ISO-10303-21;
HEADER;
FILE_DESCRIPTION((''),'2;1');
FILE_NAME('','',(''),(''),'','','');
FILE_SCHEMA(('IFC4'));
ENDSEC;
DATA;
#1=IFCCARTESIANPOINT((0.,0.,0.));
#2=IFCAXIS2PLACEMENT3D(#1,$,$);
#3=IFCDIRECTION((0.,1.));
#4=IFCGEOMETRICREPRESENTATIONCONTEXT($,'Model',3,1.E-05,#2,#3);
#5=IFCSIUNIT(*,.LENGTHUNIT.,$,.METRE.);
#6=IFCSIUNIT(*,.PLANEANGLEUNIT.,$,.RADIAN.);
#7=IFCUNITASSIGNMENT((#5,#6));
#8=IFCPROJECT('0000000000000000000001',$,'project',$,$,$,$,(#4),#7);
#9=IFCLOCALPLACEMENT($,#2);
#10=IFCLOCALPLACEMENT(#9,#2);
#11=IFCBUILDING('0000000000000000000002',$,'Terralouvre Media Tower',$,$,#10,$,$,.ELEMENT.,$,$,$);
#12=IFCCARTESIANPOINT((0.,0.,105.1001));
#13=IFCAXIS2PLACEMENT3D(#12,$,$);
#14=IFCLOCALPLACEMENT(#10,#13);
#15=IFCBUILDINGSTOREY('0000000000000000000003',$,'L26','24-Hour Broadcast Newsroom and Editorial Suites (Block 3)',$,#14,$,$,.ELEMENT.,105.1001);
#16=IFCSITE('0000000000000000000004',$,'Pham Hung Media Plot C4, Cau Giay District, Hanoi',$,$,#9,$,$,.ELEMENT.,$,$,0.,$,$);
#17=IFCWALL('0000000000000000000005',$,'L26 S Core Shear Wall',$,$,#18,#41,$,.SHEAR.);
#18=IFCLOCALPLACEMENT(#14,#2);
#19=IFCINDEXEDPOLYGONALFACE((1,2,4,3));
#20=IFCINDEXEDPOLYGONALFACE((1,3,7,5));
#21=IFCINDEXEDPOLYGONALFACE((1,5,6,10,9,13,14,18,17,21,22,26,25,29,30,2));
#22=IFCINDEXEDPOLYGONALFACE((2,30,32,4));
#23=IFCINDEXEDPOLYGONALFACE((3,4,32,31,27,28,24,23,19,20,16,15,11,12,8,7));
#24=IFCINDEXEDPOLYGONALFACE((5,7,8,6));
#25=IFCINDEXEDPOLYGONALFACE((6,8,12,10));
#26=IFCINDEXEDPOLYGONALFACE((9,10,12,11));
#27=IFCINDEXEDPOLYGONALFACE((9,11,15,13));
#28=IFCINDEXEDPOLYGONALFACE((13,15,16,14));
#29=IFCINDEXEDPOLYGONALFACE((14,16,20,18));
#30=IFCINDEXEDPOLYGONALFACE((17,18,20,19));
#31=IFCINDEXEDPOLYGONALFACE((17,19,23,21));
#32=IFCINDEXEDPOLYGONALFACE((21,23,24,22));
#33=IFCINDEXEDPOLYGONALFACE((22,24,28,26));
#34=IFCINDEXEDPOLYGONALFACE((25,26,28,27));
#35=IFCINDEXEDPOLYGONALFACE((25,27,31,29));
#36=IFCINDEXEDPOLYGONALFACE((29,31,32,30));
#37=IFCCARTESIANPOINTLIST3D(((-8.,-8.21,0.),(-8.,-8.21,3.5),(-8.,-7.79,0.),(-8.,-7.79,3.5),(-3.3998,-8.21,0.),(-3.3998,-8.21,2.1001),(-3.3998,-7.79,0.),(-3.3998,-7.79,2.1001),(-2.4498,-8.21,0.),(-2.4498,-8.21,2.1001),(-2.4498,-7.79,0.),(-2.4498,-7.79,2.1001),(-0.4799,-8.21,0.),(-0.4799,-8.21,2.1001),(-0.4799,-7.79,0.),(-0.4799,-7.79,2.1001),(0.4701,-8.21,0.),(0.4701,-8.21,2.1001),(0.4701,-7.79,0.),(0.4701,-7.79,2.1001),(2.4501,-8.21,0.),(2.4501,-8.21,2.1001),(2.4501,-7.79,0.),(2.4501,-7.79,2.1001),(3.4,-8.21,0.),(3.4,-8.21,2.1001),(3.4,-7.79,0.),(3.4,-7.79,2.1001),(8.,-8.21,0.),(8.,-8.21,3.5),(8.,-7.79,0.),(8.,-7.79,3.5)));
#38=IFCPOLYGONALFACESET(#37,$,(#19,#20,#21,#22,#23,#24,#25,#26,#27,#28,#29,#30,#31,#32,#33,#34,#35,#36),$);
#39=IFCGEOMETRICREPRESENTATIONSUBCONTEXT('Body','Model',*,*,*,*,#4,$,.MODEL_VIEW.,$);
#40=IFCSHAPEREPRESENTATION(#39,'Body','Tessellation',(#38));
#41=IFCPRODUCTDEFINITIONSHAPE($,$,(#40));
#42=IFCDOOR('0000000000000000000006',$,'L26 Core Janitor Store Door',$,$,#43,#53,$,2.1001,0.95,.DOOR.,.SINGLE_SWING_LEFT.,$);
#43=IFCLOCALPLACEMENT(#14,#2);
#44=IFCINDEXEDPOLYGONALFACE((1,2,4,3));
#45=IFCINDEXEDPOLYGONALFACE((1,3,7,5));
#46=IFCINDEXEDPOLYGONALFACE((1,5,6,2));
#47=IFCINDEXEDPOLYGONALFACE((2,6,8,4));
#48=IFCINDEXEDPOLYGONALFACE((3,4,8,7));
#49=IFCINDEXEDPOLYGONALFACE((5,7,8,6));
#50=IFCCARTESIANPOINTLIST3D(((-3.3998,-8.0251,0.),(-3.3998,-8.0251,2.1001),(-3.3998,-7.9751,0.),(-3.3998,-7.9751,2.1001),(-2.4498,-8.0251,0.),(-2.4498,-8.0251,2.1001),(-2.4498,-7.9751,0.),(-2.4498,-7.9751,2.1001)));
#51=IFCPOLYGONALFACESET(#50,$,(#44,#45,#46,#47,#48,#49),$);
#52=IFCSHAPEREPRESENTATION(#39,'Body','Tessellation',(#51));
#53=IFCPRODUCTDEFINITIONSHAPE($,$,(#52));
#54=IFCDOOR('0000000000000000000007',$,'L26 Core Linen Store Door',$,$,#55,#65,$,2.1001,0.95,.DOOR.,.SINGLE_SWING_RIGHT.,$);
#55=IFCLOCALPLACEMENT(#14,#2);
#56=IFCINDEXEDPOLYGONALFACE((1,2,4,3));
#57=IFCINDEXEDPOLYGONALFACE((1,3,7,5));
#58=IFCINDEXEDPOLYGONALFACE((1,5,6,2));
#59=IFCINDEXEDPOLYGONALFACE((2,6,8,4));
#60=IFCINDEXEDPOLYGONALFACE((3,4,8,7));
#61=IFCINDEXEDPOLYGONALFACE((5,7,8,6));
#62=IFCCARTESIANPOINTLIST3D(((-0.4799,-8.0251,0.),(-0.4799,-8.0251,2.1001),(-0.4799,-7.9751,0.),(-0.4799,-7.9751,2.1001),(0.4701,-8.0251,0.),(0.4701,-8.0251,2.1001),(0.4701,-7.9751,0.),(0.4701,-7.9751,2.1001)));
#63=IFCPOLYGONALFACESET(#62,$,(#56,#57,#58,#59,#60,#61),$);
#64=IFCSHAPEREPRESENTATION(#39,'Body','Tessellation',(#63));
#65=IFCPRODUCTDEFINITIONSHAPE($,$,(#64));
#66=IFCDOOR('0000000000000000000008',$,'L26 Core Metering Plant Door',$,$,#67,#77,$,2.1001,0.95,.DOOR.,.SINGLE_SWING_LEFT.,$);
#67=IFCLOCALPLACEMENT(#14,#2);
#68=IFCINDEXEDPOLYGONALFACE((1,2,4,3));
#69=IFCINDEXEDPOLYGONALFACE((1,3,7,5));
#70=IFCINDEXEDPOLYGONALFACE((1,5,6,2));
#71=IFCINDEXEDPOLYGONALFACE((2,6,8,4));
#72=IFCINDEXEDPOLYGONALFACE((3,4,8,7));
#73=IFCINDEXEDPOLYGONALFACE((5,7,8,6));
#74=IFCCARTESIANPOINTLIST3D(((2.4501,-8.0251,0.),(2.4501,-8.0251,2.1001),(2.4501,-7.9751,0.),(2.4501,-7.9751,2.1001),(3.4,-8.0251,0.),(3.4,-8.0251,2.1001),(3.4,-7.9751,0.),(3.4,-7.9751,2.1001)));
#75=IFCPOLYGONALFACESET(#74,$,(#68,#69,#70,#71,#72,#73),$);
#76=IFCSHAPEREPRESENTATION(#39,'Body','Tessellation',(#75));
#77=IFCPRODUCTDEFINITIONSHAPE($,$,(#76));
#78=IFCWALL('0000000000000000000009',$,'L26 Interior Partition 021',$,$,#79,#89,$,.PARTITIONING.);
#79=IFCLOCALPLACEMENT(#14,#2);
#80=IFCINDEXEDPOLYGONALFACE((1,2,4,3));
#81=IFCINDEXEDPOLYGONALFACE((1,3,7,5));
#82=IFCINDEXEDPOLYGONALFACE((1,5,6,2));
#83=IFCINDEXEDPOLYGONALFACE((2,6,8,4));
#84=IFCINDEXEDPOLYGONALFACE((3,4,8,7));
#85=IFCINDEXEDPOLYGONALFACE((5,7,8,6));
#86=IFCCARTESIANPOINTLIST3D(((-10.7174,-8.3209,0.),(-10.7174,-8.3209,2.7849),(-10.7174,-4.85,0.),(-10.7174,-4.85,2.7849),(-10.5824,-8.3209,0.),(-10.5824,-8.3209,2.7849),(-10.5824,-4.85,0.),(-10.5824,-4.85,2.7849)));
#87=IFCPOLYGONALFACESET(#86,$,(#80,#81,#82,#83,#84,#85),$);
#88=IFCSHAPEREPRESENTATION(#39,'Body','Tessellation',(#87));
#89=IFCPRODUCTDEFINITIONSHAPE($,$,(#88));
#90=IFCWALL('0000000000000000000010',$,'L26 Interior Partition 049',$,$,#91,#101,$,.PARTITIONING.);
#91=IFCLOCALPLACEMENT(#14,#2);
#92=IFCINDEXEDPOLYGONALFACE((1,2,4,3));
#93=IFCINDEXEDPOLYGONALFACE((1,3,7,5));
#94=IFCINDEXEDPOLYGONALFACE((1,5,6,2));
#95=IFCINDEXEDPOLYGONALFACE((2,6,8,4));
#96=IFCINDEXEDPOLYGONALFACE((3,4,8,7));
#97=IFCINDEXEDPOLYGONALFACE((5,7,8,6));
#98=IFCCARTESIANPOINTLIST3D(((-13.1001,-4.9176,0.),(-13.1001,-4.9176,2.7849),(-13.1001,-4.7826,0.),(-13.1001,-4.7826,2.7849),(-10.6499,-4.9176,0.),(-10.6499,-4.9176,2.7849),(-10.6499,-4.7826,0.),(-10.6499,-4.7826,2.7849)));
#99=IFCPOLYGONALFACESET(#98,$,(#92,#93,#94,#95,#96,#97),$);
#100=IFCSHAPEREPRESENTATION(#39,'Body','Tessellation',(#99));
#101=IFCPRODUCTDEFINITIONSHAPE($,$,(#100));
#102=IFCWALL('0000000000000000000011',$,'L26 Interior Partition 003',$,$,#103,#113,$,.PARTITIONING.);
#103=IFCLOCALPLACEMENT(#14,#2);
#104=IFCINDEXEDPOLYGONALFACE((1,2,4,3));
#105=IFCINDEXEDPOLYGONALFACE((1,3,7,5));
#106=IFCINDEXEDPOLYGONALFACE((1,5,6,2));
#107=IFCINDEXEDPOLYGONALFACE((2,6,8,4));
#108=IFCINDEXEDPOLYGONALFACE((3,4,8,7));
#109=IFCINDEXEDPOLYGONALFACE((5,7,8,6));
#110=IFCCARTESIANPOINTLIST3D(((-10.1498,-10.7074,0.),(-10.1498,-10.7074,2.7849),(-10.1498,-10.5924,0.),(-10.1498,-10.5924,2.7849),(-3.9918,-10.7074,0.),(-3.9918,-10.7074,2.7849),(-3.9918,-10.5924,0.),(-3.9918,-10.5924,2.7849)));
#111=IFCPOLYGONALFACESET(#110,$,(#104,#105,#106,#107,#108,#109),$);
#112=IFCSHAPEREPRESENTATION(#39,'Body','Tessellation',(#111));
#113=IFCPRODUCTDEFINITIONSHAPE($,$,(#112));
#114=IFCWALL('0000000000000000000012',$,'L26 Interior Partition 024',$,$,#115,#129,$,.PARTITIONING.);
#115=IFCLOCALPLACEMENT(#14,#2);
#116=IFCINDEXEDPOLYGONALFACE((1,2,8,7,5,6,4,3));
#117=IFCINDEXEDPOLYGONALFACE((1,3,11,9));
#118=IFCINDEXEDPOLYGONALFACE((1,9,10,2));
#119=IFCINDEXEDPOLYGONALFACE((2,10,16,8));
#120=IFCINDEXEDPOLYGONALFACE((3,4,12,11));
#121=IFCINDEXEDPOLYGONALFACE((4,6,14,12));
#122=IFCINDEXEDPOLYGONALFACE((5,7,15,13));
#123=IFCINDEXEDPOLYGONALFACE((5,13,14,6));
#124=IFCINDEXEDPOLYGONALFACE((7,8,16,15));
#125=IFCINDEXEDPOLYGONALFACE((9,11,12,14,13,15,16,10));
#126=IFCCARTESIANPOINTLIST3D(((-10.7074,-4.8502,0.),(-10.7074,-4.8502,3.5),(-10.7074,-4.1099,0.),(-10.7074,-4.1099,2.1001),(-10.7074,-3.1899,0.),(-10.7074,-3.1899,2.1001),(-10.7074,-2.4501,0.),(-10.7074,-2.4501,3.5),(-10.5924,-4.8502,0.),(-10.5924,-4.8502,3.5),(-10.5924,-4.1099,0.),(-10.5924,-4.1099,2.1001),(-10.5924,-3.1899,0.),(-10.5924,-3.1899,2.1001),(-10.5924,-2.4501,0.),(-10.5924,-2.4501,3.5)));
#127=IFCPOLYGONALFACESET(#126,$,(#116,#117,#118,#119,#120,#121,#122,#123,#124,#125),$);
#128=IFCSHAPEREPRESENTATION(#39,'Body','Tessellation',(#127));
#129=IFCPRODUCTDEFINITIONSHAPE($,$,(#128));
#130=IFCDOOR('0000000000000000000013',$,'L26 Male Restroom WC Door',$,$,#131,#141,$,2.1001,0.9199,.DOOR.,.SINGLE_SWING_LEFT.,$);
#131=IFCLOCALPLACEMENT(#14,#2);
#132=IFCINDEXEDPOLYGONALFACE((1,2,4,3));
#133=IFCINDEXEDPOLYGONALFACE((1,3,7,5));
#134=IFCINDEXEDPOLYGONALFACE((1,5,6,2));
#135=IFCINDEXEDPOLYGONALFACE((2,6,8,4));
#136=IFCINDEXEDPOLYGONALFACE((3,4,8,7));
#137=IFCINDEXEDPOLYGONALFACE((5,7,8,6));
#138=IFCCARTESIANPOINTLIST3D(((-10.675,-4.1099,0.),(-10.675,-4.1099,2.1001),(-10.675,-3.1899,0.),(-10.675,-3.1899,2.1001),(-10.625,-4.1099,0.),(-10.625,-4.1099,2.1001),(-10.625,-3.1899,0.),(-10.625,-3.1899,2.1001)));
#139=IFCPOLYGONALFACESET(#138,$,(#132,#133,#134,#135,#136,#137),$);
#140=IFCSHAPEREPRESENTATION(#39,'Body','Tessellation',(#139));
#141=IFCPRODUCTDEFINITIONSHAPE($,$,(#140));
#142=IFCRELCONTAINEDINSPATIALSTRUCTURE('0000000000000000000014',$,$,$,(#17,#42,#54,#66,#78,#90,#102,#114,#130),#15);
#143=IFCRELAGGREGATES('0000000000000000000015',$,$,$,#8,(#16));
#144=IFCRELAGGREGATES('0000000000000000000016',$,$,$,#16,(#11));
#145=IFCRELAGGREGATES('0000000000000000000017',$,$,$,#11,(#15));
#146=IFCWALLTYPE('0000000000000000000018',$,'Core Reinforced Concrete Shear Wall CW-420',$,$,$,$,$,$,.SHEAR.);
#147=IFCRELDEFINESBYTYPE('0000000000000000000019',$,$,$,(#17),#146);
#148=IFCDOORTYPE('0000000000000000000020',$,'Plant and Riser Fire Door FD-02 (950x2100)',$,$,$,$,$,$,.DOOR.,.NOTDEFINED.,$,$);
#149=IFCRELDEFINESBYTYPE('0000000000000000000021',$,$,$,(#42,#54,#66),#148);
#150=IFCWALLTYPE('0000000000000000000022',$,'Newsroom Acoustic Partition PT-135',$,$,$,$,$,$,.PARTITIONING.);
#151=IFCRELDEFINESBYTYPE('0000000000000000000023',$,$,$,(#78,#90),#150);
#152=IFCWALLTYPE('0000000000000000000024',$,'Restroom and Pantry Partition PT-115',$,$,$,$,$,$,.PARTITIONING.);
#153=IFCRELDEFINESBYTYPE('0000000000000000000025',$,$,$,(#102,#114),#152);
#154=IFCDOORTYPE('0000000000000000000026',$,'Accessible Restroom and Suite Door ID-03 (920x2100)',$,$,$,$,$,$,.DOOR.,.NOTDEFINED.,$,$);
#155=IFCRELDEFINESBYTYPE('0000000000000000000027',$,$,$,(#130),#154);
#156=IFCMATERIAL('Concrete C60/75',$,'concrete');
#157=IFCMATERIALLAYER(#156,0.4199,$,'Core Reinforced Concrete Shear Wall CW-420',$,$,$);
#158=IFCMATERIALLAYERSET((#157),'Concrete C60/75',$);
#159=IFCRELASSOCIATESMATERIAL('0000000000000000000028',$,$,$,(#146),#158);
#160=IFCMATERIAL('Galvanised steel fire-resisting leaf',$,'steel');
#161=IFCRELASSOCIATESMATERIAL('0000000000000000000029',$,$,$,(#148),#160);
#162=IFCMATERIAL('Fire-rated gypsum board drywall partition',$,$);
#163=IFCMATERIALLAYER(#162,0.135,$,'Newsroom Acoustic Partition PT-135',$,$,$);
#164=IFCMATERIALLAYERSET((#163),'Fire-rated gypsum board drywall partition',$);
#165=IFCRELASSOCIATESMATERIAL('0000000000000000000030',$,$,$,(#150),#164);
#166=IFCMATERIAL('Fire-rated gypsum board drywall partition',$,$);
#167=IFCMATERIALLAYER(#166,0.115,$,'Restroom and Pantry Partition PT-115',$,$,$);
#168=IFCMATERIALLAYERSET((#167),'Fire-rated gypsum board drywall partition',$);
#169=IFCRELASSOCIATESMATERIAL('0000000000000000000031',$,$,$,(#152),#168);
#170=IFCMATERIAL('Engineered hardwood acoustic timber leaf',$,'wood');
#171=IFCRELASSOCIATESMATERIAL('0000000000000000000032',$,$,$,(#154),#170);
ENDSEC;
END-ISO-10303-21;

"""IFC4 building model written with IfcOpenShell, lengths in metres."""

from ifc_helpers import new_model, si_unit, direction, frame, frame_2d, origin, place, context, subcontext, project, spatial, rectangle, extrude, material, layer, layer_set, type_object, element, fill, save


model = new_model("IFC4")

# Units and contexts
model_context = context("Model", 3, precision=1e-05, world=origin(), true_north=direction((0.0, 1.0)))
body_context = subcontext(model_context, "Body", "Model", "MODEL_VIEW")
ifc_project = project(units=[si_unit("LENGTHUNIT", "METRE"), si_unit("PLANEANGLEUNIT", "RADIAN")], contexts=[model_context])

# Site, building, storey
site_placement = place(None, origin())
site = spatial("IfcSite", under=ifc_project, at=site_placement, Name="Pham Hung Media Plot C4, Cau Giay District, Hanoi", CompositionType="ELEMENT", RefElevation=0.0)
building_placement = place(site_placement, origin())
building = spatial("IfcBuilding", under=site, at=building_placement, Name="Terralouvre Media Tower", CompositionType="ELEMENT")
storey_placement = place(building_placement, frame((0.0, 0.0, 105.1001)))
storey = spatial("IfcBuildingStorey", under=building, at=storey_placement, Name="L26", Description="24-Hour Broadcast Newsroom and Editorial Suites (Block 3)", CompositionType="ELEMENT", Elevation=105.1001)

# Wall, openings, doors
ifc_material_1 = material(Name="Concrete C60/75", Category="concrete")
ifc_layer_1 = layer(ifc_material_1, 0.4199, Name="Core Reinforced Concrete Shear Wall CW-420")
ifc_layer_set_1 = layer_set([ifc_layer_1], Name="Concrete C60/75")
wall_type_1 = type_object("IfcWallType", Name="Core Reinforced Concrete Shear Wall CW-420", PredefinedType="SHEAR", material=ifc_layer_set_1)
wall_1_placement = place(storey_placement, frame((-8.0, -8.0, 0.0), z_axis=(0.0, 0.0, 1.0), x_axis=(1.0, 0.0, 0.0)))
wall_1 = element("IfcWall", 1, at=wall_1_placement, inside=storey, type_object=wall_type_1, Name="L26 S Core Shear Wall", PredefinedType="SHEAR", context=body_context, shape_type="SweptSolid", body=[
    extrude(rectangle(XDim=16.0, YDim=0.4199, at=frame_2d((8.0, 0.0))), origin(), (0.0, 0.0, 1.0), 3.5),
])
opening_1_placement = place(wall_1_placement, frame((4.6001, 0.0, 0.0)))
opening_1 = element("IfcOpeningElement", 2, at=opening_1_placement, cuts=wall_1, PredefinedType="OPENING", context=body_context, shape_type="SweptSolid", body=[
    extrude(rectangle(XDim=0.95, YDim=2.1001, at=frame_2d((0.4751, 1.05))), frame((0.0, 0.22, 0.0), z_axis=(0.0, -1.0, 0.0), x_axis=(1.0, 0.0, 0.0)), (0.0, 0.0, 1.0), 0.4399),
])
opening_2_placement = place(wall_1_placement, frame((7.52, 0.0, 0.0)))
opening_2 = element("IfcOpeningElement", 3, at=opening_2_placement, cuts=wall_1, PredefinedType="OPENING", context=body_context, shape_type="SweptSolid", body=[
    extrude(rectangle(XDim=0.95, YDim=2.1001, at=frame_2d((0.4751, 1.05))), frame((0.0, 0.22, 0.0), z_axis=(0.0, -1.0, 0.0), x_axis=(1.0, 0.0, 0.0)), (0.0, 0.0, 1.0), 0.4399),
])
opening_3_placement = place(wall_1_placement, frame((10.45, 0.0, 0.0)))
opening_3 = element("IfcOpeningElement", 4, at=opening_3_placement, cuts=wall_1, PredefinedType="OPENING", context=body_context, shape_type="SweptSolid", body=[
    extrude(rectangle(XDim=0.95, YDim=2.1001, at=frame_2d((0.4751, 1.05))), frame((0.0, 0.22, 0.0), z_axis=(0.0, -1.0, 0.0), x_axis=(1.0, 0.0, 0.0)), (0.0, 0.0, 1.0), 0.4399),
])
ifc_material_2 = material(Name="Galvanised steel fire-resisting leaf", Category="steel")
door_type_1 = type_object("IfcDoorType", Name="Plant and Riser Fire Door FD-02 (950x2100)", OperationType="NOTDEFINED", PredefinedType="DOOR", material=ifc_material_2)
door_1_placement = place(opening_1_placement, origin())
door_1 = element("IfcDoor", 5, at=door_1_placement, inside=storey, type_object=door_type_1, Name="L26 Core Janitor Store Door", OperationType="SINGLE_SWING_LEFT", OverallHeight=2.1001, OverallWidth=0.95, PredefinedType="DOOR", context=body_context, shape_type="SweptSolid", body=[
    extrude(rectangle(XDim=0.95, YDim=2.1001, at=frame_2d((0.4751, 1.05))), frame((0.0, 0.0249, 0.0), z_axis=(0.0, -1.0, 0.0), x_axis=(1.0, 0.0, 0.0)), (0.0, 0.0, 1.0), 0.05),
])
fill(opening_1, door_1)
door_2_placement = place(opening_2_placement, origin())
door_2 = element("IfcDoor", 6, at=door_2_placement, inside=storey, type_object=door_type_1, Name="L26 Core Linen Store Door", OperationType="SINGLE_SWING_RIGHT", OverallHeight=2.1001, OverallWidth=0.95, PredefinedType="DOOR", context=body_context, shape_type="SweptSolid", body=[
    extrude(rectangle(XDim=0.95, YDim=2.1001, at=frame_2d((0.4751, 1.05))), frame((0.0, 0.0249, 0.0), z_axis=(0.0, -1.0, 0.0), x_axis=(1.0, 0.0, 0.0)), (0.0, 0.0, 1.0), 0.05),
])
fill(opening_2, door_2)
door_3_placement = place(opening_3_placement, origin())
door_3 = element("IfcDoor", 7, at=door_3_placement, inside=storey, type_object=door_type_1, Name="L26 Core Metering Plant Door", OperationType="SINGLE_SWING_LEFT", OverallHeight=2.1001, OverallWidth=0.95, PredefinedType="DOOR", context=body_context, shape_type="SweptSolid", body=[
    extrude(rectangle(XDim=0.95, YDim=2.1001, at=frame_2d((0.4751, 1.05))), frame((0.0, 0.0249, 0.0), z_axis=(0.0, -1.0, 0.0), x_axis=(1.0, 0.0, 0.0)), (0.0, 0.0, 1.0), 0.05),
])
fill(opening_3, door_3)

# Walls
ifc_material_3 = material(Name="Fire-rated gypsum board drywall partition")
ifc_layer_2 = layer(ifc_material_3, 0.135, Name="Newsroom Acoustic Partition PT-135")
ifc_layer_set_2 = layer_set([ifc_layer_2], Name="Fire-rated gypsum board drywall partition")
wall_type_2 = type_object("IfcWallType", Name="Newsroom Acoustic Partition PT-135", PredefinedType="PARTITIONING", material=ifc_layer_set_2)
wall_2_placement = place(storey_placement, frame((-10.6499, -4.8501, 0.0), z_axis=(0.0, 0.0, 1.0), x_axis=(0.0, -1.0, 0.0)))
element("IfcWall", 8, at=wall_2_placement, inside=storey, type_object=wall_type_2, Name="L26 Interior Partition 021", PredefinedType="PARTITIONING", context=body_context, shape_type="SweptSolid", body=[
    extrude(rectangle(XDim=3.4709, YDim=0.135, at=frame_2d((1.7354, 0.0))), origin(), (0.0, 0.0, 1.0), 2.7849),
])
wall_3_placement = place(storey_placement, frame((-10.6499, -4.8501, 0.0), z_axis=(0.0, 0.0, 1.0), x_axis=(-1.0, 0.0, 0.0)))
element("IfcWall", 9, at=wall_3_placement, inside=storey, type_object=wall_type_2, Name="L26 Interior Partition 049", PredefinedType="PARTITIONING", context=body_context, shape_type="SweptSolid", body=[
    extrude(rectangle(XDim=2.4502, YDim=0.135, at=frame_2d((1.2251, 0.0))), origin(), (0.0, 0.0, 1.0), 2.7849),
])
ifc_material_4 = material(Name="Fire-rated gypsum board drywall partition")
ifc_layer_3 = layer(ifc_material_4, 0.115, Name="Restroom and Pantry Partition PT-115")
ifc_layer_set_3 = layer_set([ifc_layer_3], Name="Fire-rated gypsum board drywall partition")
wall_type_3 = type_object("IfcWallType", Name="Restroom and Pantry Partition PT-115", PredefinedType="PARTITIONING", material=ifc_layer_set_3)
wall_4_placement = place(storey_placement, frame((-10.1499, -10.6499, 0.0), z_axis=(0.0, 0.0, 1.0), x_axis=(1.0, 0.0, 0.0)))
element("IfcWall", 10, at=wall_4_placement, inside=storey, type_object=wall_type_3, Name="L26 Interior Partition 003", PredefinedType="PARTITIONING", context=body_context, shape_type="SweptSolid", body=[
    extrude(rectangle(XDim=6.158, YDim=0.115, at=frame_2d((3.0791, 0.0))), origin(), (0.0, 0.0, 1.0), 2.7849),
])

# Wall, opening, door
wall_5_placement = place(storey_placement, frame((-10.6499, -2.45, 0.0), z_axis=(0.0, 0.0, 1.0), x_axis=(0.0, -1.0, 0.0)))
wall_5 = element("IfcWall", 11, at=wall_5_placement, inside=storey, type_object=wall_type_3, Name="L26 Interior Partition 024", PredefinedType="PARTITIONING", context=body_context, shape_type="SweptSolid", body=[
    extrude(rectangle(XDim=2.4001, YDim=0.115, at=frame_2d((1.2002, 0.0))), origin(), (0.0, 0.0, 1.0), 3.5),
])
opening_4_placement = place(wall_5_placement, frame((0.74, 0.0, 0.0)))
opening_4 = element("IfcOpeningElement", 12, at=opening_4_placement, cuts=wall_5, PredefinedType="OPENING", context=body_context, shape_type="SweptSolid", body=[
    extrude(rectangle(XDim=0.9199, YDim=2.1001, at=frame_2d((0.46, 1.05))), frame((0.0, 0.0674, 0.0), z_axis=(0.0, -1.0, 0.0), x_axis=(1.0, 0.0, 0.0)), (0.0, 0.0, 1.0), 0.135),
])
ifc_material_5 = material(Name="Engineered hardwood acoustic timber leaf", Category="wood")
door_type_2 = type_object("IfcDoorType", Name="Accessible Restroom and Suite Door ID-03 (920x2100)", OperationType="NOTDEFINED", PredefinedType="DOOR", material=ifc_material_5)
door_4_placement = place(opening_4_placement, origin())
door_4 = element("IfcDoor", 13, at=door_4_placement, inside=storey, type_object=door_type_2, Name="L26 Male Restroom WC Door", OperationType="SINGLE_SWING_LEFT", OverallHeight=2.1001, OverallWidth=0.9199, PredefinedType="DOOR", context=body_context, shape_type="SweptSolid", body=[
    extrude(rectangle(XDim=0.9199, YDim=2.1001, at=frame_2d((0.46, 1.05))), frame((0.0, 0.0249, 0.0), z_axis=(0.0, -1.0, 0.0), x_axis=(1.0, 0.0, 0.0)), (0.0, 0.0, 1.0), 0.05),
])
fill(opening_4, door_4)

save(model, "model.ifc")
